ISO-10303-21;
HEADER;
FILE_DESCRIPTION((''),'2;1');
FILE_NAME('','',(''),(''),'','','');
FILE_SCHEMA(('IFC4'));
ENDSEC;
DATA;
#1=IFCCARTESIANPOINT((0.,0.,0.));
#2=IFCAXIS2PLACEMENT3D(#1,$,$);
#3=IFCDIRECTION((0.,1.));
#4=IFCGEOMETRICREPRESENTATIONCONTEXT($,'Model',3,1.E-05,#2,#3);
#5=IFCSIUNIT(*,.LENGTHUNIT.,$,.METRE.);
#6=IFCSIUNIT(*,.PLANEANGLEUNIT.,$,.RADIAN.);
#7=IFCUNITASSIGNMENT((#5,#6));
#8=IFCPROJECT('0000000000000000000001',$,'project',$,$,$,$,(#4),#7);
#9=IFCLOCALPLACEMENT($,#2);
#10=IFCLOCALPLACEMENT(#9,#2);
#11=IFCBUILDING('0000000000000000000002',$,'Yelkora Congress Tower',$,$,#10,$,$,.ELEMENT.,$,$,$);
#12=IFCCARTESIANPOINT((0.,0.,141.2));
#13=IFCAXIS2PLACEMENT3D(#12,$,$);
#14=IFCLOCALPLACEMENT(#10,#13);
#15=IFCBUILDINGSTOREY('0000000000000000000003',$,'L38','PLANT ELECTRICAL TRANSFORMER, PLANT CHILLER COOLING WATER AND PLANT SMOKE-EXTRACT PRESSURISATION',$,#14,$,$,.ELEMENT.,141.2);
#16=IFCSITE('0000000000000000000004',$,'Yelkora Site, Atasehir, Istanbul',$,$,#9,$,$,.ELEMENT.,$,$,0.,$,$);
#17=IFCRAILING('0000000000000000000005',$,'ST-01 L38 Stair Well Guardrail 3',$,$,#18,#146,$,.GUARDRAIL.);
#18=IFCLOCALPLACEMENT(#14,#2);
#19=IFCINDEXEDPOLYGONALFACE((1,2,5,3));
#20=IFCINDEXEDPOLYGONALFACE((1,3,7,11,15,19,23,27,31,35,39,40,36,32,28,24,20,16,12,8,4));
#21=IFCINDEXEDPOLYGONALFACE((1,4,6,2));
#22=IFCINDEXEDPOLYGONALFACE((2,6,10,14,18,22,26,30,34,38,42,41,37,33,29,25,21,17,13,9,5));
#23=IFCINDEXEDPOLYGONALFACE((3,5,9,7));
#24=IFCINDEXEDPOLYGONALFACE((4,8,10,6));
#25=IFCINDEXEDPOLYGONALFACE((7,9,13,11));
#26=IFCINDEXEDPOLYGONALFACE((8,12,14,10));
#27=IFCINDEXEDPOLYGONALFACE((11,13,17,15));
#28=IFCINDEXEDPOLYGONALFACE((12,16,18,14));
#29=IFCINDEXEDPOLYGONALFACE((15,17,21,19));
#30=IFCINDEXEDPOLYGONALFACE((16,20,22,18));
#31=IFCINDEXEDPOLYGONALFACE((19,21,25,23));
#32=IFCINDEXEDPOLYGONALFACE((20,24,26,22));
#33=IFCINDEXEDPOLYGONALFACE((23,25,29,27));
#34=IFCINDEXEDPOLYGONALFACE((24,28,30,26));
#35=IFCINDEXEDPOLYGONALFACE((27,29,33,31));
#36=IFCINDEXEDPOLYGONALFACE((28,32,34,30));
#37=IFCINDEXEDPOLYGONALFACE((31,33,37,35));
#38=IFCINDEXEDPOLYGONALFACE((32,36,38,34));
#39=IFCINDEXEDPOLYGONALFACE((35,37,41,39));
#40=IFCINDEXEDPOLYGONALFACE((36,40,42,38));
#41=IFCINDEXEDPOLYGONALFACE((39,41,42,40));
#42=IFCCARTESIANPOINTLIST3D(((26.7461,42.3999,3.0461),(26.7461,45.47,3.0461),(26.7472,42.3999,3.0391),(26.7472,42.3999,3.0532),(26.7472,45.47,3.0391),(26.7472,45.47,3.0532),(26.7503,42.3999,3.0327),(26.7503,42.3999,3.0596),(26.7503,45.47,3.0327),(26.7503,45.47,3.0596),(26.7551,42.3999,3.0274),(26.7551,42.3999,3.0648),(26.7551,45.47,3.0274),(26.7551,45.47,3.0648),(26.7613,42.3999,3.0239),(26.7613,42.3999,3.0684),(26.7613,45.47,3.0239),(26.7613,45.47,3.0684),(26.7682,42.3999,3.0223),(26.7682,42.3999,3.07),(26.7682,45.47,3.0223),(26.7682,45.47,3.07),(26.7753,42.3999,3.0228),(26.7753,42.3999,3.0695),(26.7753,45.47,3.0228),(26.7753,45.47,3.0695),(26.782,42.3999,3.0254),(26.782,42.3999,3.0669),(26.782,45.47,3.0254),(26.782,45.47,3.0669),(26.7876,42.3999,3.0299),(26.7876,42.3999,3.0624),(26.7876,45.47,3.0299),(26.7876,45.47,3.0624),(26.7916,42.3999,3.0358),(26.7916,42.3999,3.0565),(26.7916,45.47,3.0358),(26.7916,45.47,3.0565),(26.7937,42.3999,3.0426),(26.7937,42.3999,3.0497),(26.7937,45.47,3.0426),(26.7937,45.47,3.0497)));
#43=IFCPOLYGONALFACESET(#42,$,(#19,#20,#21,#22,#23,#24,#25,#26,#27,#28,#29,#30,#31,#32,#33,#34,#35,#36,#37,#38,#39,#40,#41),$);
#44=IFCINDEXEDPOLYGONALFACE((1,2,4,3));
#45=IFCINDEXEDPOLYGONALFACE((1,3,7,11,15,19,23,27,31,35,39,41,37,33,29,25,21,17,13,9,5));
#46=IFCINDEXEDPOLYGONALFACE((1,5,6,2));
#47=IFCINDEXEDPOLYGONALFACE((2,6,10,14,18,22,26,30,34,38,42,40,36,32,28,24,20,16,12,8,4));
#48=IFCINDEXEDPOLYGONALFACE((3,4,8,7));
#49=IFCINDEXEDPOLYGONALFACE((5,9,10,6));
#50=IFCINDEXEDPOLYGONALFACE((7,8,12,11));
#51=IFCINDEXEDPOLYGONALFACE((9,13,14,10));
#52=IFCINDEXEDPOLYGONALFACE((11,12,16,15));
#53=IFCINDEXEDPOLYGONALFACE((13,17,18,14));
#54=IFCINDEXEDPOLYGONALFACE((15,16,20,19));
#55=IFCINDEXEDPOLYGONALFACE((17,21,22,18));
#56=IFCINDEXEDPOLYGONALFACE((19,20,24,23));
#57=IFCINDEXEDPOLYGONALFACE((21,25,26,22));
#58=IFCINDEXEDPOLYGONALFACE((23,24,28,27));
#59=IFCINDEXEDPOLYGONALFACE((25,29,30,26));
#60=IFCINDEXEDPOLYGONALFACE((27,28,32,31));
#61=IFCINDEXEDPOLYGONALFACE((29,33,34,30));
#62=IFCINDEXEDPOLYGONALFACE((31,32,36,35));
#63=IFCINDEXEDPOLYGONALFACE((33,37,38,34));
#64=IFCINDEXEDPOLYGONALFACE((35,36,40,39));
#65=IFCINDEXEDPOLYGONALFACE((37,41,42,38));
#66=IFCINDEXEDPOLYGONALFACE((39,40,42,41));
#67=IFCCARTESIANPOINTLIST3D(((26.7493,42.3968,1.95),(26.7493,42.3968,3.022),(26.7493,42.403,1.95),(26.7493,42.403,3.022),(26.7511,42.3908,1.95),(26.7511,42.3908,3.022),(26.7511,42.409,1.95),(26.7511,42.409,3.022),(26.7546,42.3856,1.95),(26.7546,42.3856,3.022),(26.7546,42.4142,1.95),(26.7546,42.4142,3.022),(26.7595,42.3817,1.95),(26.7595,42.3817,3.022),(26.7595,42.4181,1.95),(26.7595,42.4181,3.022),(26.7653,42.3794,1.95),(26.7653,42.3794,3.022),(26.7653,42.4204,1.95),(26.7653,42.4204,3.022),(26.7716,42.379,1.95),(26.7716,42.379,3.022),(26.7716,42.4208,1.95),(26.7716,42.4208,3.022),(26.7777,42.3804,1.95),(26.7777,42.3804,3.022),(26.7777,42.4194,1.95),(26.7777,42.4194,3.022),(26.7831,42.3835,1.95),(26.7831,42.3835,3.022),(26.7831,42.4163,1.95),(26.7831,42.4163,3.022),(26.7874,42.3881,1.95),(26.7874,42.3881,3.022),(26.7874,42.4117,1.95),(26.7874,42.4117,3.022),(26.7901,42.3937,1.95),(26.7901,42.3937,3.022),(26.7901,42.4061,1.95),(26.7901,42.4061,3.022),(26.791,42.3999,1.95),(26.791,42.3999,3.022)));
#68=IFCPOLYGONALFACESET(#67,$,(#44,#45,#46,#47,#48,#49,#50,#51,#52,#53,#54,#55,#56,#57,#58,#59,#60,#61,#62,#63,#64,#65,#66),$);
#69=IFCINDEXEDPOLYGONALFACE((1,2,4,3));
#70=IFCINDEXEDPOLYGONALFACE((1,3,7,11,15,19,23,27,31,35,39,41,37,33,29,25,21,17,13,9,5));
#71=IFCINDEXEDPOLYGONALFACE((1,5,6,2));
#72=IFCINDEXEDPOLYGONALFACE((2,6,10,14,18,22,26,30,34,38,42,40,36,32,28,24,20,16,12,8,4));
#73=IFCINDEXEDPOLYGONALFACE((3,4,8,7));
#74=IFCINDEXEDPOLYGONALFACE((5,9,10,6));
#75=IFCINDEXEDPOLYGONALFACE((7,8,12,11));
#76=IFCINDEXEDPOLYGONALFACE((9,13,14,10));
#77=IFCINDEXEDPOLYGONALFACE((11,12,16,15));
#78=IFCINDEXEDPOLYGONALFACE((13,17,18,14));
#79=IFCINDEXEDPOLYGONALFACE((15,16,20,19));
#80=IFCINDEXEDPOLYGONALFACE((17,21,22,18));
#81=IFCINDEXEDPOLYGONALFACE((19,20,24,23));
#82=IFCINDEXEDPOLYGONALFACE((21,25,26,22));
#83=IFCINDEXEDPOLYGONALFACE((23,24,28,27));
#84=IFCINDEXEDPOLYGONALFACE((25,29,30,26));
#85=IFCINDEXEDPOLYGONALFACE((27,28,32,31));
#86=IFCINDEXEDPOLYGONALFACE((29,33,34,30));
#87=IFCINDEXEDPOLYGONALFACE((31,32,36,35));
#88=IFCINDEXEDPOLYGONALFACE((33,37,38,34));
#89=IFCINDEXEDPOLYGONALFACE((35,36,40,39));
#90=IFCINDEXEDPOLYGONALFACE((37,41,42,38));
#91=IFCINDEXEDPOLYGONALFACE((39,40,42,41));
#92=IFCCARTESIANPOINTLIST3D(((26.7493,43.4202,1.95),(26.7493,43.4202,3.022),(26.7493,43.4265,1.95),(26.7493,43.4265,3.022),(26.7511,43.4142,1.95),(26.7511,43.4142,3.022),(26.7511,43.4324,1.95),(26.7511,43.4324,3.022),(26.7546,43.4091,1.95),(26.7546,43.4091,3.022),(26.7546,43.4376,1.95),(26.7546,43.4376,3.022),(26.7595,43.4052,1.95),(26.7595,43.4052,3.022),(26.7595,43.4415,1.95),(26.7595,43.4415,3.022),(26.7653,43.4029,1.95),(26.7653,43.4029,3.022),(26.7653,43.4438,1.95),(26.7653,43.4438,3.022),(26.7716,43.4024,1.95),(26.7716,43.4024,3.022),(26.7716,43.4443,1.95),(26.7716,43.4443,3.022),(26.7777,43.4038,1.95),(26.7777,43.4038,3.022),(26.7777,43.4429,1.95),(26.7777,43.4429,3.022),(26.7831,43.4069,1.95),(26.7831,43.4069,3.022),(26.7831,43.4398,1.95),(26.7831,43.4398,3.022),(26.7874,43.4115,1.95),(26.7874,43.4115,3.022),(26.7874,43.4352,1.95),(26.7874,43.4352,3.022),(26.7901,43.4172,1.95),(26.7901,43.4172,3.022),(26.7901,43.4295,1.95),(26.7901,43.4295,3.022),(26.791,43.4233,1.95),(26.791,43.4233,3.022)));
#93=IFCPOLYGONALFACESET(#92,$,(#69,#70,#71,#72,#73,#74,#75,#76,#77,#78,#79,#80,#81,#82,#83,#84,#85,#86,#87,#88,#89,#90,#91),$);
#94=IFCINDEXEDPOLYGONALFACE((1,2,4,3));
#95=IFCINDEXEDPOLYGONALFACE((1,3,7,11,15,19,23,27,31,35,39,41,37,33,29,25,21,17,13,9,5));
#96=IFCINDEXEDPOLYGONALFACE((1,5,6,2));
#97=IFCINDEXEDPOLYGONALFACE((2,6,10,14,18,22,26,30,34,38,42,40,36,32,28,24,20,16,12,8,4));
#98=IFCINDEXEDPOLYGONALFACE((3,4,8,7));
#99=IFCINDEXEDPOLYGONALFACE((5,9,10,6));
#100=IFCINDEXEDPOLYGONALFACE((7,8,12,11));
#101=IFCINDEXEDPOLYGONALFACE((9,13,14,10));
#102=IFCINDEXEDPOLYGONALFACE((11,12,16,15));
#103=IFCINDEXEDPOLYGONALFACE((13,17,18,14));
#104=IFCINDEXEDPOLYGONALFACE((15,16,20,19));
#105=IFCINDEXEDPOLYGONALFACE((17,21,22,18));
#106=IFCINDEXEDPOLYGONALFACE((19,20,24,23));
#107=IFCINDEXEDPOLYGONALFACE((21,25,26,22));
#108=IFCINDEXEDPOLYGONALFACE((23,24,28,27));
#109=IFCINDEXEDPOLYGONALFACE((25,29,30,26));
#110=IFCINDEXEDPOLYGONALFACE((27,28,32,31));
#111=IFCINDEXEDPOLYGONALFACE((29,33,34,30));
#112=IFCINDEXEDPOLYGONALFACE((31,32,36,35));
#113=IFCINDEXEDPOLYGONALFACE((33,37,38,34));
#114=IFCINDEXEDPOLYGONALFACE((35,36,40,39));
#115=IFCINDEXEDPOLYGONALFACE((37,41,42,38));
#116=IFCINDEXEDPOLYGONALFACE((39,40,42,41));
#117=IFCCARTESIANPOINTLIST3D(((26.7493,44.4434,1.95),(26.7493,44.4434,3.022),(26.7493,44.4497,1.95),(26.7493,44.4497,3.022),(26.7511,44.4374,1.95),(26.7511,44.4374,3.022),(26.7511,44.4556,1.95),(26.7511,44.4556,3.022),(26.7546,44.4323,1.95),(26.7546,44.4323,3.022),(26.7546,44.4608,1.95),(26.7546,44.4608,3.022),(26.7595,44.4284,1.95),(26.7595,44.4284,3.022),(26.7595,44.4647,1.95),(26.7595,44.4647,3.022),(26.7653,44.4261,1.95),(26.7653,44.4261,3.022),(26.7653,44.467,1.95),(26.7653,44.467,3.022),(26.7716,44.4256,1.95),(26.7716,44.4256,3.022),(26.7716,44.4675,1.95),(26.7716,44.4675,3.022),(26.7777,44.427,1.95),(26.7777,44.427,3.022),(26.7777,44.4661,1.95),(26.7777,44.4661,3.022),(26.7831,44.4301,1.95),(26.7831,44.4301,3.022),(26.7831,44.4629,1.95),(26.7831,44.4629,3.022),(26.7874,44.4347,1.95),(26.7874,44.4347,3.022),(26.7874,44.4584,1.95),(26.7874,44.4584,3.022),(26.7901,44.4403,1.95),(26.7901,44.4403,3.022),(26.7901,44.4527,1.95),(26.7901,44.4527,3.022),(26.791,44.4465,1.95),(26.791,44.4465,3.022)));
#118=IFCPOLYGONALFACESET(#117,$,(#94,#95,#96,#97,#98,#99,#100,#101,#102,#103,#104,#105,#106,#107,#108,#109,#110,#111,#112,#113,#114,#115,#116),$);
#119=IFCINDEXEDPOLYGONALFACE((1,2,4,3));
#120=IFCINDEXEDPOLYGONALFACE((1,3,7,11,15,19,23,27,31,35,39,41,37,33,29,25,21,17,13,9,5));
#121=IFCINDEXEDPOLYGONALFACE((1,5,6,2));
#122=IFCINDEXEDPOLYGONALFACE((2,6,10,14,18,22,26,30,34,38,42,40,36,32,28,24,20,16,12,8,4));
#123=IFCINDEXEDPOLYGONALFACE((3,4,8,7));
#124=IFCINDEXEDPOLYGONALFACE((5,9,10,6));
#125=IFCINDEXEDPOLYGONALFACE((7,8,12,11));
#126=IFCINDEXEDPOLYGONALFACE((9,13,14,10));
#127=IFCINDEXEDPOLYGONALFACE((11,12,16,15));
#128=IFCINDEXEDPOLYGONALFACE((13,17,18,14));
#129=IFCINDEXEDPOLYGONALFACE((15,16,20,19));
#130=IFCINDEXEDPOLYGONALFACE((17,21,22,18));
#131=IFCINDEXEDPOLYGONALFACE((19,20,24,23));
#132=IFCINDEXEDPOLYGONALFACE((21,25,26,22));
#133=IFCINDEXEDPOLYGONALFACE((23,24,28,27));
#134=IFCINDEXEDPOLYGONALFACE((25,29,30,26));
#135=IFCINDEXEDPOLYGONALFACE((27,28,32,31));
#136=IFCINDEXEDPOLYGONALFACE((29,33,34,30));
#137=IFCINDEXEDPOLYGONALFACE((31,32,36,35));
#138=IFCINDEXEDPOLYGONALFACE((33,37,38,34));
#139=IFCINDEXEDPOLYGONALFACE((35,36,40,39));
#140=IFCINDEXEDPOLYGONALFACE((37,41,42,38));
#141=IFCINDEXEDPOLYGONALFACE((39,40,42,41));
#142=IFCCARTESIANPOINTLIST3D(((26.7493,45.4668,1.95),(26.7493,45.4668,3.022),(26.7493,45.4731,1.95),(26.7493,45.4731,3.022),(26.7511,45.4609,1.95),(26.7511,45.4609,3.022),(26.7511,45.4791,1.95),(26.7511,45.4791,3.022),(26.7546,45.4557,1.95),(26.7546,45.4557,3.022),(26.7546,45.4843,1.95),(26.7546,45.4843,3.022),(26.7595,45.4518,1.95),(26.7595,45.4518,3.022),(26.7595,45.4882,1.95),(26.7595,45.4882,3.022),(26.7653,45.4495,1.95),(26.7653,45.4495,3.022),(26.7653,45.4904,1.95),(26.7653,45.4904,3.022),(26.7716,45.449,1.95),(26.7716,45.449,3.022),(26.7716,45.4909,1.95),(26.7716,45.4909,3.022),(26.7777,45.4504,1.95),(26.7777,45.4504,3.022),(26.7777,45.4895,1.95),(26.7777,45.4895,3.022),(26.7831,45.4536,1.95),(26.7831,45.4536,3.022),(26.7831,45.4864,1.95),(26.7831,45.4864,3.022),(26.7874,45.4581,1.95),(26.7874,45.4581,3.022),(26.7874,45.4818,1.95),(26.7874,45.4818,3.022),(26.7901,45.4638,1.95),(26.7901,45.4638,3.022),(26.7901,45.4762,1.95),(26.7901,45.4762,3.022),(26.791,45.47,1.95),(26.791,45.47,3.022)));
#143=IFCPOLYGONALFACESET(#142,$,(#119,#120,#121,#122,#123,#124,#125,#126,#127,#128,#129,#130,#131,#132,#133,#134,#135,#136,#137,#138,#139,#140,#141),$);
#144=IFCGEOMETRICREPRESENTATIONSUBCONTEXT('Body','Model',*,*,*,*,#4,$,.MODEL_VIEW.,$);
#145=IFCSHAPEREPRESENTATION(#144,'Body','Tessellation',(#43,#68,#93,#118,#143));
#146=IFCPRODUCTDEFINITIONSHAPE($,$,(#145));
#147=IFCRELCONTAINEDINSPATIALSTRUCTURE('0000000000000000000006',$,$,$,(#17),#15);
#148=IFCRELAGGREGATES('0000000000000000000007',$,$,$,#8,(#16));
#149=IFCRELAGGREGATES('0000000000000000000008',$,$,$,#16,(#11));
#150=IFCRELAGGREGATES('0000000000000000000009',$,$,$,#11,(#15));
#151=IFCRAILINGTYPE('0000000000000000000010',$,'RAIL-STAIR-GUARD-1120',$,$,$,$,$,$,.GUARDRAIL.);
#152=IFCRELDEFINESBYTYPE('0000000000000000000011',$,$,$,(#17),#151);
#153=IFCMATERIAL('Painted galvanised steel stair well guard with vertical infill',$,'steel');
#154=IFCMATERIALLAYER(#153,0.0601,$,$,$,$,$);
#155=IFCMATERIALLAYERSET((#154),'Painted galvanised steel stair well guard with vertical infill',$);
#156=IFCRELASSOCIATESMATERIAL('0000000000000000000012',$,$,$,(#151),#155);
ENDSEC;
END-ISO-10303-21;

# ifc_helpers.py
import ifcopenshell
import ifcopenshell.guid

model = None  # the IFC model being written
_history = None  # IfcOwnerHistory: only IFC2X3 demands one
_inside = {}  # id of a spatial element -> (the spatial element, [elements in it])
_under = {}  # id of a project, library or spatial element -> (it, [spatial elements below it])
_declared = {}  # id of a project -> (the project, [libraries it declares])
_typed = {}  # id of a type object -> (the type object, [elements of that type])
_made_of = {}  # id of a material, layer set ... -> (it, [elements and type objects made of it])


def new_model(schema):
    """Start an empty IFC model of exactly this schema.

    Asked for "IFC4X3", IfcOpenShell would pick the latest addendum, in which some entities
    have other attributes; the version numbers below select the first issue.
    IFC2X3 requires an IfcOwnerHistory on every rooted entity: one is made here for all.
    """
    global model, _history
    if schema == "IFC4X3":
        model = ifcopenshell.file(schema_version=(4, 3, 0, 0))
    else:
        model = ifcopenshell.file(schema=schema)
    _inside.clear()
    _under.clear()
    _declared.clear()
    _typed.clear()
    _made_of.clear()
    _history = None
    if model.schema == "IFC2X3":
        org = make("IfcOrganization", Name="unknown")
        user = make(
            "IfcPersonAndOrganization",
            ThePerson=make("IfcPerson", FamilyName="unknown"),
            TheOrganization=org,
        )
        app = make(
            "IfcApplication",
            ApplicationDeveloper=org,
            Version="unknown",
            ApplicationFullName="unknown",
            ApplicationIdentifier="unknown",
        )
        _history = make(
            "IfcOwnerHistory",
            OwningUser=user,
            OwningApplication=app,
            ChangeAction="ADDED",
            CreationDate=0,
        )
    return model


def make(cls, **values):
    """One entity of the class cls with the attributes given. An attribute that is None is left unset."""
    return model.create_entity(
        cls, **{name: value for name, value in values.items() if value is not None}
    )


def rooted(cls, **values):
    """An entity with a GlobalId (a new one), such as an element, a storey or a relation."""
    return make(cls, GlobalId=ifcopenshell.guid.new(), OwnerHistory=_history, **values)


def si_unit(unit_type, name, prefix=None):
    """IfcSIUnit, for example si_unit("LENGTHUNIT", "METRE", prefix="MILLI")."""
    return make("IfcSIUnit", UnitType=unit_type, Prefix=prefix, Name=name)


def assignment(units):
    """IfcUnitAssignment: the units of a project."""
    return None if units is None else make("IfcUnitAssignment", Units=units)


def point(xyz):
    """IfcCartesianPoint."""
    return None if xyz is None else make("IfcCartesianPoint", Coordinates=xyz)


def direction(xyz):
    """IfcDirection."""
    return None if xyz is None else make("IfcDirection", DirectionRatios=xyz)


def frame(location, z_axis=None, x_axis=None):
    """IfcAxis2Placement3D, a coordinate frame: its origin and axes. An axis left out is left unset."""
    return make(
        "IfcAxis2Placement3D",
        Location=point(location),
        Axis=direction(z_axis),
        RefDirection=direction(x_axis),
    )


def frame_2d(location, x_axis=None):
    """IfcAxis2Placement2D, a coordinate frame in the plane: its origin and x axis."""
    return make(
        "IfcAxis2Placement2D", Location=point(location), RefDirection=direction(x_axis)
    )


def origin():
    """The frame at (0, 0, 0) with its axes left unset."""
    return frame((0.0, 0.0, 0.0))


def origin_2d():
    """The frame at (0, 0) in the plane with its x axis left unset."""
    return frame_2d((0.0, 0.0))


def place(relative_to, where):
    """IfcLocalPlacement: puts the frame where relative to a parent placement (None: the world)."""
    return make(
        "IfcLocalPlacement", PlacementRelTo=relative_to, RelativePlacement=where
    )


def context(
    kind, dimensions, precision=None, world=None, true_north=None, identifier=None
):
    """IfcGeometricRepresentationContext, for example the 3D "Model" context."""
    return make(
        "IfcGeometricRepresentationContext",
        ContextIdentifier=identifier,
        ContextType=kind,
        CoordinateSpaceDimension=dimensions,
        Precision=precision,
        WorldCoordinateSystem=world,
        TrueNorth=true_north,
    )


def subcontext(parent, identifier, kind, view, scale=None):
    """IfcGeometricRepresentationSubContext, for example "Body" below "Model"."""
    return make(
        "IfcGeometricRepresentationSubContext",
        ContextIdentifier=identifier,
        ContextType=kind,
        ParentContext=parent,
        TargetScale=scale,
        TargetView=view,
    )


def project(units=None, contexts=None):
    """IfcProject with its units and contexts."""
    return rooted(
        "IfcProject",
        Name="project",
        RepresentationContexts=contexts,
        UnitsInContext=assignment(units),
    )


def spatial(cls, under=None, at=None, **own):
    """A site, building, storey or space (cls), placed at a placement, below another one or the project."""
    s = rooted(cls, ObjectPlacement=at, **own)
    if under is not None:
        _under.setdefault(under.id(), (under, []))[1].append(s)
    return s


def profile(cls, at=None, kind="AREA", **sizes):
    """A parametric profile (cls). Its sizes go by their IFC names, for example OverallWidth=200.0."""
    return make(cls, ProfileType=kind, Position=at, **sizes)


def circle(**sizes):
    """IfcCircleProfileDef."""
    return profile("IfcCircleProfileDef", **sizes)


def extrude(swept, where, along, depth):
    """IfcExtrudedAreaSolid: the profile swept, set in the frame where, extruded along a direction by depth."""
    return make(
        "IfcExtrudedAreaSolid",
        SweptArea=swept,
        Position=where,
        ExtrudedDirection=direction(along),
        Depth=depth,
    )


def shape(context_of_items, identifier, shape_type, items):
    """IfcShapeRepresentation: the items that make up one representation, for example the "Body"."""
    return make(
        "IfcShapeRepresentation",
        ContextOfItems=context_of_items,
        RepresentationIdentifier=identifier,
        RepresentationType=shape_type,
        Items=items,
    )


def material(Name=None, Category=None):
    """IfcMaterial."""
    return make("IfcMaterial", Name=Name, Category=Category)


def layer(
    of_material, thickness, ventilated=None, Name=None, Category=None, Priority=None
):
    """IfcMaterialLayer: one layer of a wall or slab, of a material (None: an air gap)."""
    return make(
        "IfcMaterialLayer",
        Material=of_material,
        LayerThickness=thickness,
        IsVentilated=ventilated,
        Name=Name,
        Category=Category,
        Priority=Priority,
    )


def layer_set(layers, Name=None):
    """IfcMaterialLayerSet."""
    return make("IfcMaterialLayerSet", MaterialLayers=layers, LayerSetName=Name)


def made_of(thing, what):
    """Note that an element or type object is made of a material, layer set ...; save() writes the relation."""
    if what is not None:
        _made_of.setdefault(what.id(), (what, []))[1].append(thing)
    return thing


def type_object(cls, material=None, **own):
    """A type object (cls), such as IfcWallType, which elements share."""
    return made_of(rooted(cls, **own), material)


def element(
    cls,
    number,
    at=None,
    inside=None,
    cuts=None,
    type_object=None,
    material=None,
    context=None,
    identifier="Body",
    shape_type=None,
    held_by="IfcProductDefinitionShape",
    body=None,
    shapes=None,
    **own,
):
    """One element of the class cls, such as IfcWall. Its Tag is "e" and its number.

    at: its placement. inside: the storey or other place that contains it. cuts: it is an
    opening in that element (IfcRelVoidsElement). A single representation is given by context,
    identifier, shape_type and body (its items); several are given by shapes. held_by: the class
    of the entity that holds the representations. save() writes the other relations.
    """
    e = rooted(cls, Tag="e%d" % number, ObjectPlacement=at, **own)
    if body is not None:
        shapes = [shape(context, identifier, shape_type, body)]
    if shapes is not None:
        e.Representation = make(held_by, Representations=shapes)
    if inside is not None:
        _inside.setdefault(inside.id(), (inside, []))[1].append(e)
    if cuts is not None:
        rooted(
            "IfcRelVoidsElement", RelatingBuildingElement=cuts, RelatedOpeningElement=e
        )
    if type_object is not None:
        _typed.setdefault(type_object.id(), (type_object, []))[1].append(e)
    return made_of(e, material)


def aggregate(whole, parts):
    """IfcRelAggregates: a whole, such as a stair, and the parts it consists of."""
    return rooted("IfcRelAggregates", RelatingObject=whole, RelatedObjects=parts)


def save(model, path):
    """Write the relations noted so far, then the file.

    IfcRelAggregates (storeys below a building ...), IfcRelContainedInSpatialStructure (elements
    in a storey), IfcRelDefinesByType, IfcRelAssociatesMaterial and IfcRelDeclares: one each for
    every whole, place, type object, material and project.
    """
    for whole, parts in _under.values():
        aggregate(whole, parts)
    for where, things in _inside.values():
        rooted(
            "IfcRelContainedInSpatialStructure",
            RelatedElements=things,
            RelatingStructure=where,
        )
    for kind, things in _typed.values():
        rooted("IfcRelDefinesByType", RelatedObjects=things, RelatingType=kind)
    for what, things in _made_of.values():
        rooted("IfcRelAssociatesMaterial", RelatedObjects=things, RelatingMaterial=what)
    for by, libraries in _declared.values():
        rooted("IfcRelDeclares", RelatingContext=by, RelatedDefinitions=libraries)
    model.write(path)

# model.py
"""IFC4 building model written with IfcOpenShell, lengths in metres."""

from ifc_helpers import new_model, si_unit, direction, frame, origin, origin_2d, place, context, subcontext, project, spatial, circle, extrude, material, layer, layer_set, type_object, element, save


model = new_model("IFC4")

# Units and contexts
model_context = context("Model", 3, precision=1e-05, world=origin(), true_north=direction((0.0, 1.0)))
body_context = subcontext(model_context, "Body", "Model", "MODEL_VIEW")
ifc_project = project(units=[si_unit("LENGTHUNIT", "METRE"), si_unit("PLANEANGLEUNIT", "RADIAN")], contexts=[model_context])

# Site, building, storey
site_placement = place(None, origin())
site = spatial("IfcSite", under=ifc_project, at=site_placement, Name="Yelkora Site, Atasehir, Istanbul", CompositionType="ELEMENT", RefElevation=0.0)
building_placement = place(site_placement, origin())
building = spatial("IfcBuilding", under=site, at=building_placement, Name="Yelkora Congress Tower", CompositionType="ELEMENT")
storey_placement = place(building_placement, frame((0.0, 0.0, 141.2)))
storey = spatial("IfcBuildingStorey", under=building, at=storey_placement, Name="L38", Description="PLANT ELECTRICAL TRANSFORMER, PLANT CHILLER COOLING WATER AND PLANT SMOKE-EXTRACT PRESSURISATION", CompositionType="ELEMENT", Elevation=141.2)

# Railing
ifc_material_1 = material(Name="Painted galvanised steel stair well guard with vertical infill", Category="steel")
ifc_layer_1 = layer(ifc_material_1, 0.0601)
ifc_layer_set_1 = layer_set([ifc_layer_1], Name="Painted galvanised steel stair well guard with vertical infill")
railing_type_1 = type_object("IfcRailingType", Name="RAIL-STAIR-GUARD-1120", PredefinedType="GUARDRAIL", material=ifc_layer_set_1)
railing_1_placement = place(storey_placement, frame((26.77, 42.3999, 1.95)))
element("IfcRailing", 1, at=railing_1_placement, inside=storey, type_object=railing_type_1, Name="ST-01 L38 Stair Well Guardrail 3", PredefinedType="GUARDRAIL", context=body_context, shape_type="SweptSolid", body=[
    extrude(circle(Radius=0.0239, at=origin_2d()), frame((0.0, 0.0, 1.0962), z_axis=(0.0, 1.0, 0.0), x_axis=(-1.0, 0.0, 0.0)), (0.0, 0.0, 1.0), 3.0701),
    extrude(circle(Radius=0.021, at=origin_2d()), origin(), (0.0, 0.0, 1.0), 1.072),
    extrude(circle(Radius=0.021, at=origin_2d()), frame((0.0, 1.0234, 0.0)), (0.0, 0.0, 1.0), 1.072),
    extrude(circle(Radius=0.021, at=origin_2d()), frame((0.0, 2.0466, 0.0)), (0.0, 0.0, 1.0), 1.072),
    extrude(circle(Radius=0.021, at=origin_2d()), frame((0.0, 3.0701, 0.0)), (0.0, 0.0, 1.0), 1.072),
])

save(model, "model.ifc")
